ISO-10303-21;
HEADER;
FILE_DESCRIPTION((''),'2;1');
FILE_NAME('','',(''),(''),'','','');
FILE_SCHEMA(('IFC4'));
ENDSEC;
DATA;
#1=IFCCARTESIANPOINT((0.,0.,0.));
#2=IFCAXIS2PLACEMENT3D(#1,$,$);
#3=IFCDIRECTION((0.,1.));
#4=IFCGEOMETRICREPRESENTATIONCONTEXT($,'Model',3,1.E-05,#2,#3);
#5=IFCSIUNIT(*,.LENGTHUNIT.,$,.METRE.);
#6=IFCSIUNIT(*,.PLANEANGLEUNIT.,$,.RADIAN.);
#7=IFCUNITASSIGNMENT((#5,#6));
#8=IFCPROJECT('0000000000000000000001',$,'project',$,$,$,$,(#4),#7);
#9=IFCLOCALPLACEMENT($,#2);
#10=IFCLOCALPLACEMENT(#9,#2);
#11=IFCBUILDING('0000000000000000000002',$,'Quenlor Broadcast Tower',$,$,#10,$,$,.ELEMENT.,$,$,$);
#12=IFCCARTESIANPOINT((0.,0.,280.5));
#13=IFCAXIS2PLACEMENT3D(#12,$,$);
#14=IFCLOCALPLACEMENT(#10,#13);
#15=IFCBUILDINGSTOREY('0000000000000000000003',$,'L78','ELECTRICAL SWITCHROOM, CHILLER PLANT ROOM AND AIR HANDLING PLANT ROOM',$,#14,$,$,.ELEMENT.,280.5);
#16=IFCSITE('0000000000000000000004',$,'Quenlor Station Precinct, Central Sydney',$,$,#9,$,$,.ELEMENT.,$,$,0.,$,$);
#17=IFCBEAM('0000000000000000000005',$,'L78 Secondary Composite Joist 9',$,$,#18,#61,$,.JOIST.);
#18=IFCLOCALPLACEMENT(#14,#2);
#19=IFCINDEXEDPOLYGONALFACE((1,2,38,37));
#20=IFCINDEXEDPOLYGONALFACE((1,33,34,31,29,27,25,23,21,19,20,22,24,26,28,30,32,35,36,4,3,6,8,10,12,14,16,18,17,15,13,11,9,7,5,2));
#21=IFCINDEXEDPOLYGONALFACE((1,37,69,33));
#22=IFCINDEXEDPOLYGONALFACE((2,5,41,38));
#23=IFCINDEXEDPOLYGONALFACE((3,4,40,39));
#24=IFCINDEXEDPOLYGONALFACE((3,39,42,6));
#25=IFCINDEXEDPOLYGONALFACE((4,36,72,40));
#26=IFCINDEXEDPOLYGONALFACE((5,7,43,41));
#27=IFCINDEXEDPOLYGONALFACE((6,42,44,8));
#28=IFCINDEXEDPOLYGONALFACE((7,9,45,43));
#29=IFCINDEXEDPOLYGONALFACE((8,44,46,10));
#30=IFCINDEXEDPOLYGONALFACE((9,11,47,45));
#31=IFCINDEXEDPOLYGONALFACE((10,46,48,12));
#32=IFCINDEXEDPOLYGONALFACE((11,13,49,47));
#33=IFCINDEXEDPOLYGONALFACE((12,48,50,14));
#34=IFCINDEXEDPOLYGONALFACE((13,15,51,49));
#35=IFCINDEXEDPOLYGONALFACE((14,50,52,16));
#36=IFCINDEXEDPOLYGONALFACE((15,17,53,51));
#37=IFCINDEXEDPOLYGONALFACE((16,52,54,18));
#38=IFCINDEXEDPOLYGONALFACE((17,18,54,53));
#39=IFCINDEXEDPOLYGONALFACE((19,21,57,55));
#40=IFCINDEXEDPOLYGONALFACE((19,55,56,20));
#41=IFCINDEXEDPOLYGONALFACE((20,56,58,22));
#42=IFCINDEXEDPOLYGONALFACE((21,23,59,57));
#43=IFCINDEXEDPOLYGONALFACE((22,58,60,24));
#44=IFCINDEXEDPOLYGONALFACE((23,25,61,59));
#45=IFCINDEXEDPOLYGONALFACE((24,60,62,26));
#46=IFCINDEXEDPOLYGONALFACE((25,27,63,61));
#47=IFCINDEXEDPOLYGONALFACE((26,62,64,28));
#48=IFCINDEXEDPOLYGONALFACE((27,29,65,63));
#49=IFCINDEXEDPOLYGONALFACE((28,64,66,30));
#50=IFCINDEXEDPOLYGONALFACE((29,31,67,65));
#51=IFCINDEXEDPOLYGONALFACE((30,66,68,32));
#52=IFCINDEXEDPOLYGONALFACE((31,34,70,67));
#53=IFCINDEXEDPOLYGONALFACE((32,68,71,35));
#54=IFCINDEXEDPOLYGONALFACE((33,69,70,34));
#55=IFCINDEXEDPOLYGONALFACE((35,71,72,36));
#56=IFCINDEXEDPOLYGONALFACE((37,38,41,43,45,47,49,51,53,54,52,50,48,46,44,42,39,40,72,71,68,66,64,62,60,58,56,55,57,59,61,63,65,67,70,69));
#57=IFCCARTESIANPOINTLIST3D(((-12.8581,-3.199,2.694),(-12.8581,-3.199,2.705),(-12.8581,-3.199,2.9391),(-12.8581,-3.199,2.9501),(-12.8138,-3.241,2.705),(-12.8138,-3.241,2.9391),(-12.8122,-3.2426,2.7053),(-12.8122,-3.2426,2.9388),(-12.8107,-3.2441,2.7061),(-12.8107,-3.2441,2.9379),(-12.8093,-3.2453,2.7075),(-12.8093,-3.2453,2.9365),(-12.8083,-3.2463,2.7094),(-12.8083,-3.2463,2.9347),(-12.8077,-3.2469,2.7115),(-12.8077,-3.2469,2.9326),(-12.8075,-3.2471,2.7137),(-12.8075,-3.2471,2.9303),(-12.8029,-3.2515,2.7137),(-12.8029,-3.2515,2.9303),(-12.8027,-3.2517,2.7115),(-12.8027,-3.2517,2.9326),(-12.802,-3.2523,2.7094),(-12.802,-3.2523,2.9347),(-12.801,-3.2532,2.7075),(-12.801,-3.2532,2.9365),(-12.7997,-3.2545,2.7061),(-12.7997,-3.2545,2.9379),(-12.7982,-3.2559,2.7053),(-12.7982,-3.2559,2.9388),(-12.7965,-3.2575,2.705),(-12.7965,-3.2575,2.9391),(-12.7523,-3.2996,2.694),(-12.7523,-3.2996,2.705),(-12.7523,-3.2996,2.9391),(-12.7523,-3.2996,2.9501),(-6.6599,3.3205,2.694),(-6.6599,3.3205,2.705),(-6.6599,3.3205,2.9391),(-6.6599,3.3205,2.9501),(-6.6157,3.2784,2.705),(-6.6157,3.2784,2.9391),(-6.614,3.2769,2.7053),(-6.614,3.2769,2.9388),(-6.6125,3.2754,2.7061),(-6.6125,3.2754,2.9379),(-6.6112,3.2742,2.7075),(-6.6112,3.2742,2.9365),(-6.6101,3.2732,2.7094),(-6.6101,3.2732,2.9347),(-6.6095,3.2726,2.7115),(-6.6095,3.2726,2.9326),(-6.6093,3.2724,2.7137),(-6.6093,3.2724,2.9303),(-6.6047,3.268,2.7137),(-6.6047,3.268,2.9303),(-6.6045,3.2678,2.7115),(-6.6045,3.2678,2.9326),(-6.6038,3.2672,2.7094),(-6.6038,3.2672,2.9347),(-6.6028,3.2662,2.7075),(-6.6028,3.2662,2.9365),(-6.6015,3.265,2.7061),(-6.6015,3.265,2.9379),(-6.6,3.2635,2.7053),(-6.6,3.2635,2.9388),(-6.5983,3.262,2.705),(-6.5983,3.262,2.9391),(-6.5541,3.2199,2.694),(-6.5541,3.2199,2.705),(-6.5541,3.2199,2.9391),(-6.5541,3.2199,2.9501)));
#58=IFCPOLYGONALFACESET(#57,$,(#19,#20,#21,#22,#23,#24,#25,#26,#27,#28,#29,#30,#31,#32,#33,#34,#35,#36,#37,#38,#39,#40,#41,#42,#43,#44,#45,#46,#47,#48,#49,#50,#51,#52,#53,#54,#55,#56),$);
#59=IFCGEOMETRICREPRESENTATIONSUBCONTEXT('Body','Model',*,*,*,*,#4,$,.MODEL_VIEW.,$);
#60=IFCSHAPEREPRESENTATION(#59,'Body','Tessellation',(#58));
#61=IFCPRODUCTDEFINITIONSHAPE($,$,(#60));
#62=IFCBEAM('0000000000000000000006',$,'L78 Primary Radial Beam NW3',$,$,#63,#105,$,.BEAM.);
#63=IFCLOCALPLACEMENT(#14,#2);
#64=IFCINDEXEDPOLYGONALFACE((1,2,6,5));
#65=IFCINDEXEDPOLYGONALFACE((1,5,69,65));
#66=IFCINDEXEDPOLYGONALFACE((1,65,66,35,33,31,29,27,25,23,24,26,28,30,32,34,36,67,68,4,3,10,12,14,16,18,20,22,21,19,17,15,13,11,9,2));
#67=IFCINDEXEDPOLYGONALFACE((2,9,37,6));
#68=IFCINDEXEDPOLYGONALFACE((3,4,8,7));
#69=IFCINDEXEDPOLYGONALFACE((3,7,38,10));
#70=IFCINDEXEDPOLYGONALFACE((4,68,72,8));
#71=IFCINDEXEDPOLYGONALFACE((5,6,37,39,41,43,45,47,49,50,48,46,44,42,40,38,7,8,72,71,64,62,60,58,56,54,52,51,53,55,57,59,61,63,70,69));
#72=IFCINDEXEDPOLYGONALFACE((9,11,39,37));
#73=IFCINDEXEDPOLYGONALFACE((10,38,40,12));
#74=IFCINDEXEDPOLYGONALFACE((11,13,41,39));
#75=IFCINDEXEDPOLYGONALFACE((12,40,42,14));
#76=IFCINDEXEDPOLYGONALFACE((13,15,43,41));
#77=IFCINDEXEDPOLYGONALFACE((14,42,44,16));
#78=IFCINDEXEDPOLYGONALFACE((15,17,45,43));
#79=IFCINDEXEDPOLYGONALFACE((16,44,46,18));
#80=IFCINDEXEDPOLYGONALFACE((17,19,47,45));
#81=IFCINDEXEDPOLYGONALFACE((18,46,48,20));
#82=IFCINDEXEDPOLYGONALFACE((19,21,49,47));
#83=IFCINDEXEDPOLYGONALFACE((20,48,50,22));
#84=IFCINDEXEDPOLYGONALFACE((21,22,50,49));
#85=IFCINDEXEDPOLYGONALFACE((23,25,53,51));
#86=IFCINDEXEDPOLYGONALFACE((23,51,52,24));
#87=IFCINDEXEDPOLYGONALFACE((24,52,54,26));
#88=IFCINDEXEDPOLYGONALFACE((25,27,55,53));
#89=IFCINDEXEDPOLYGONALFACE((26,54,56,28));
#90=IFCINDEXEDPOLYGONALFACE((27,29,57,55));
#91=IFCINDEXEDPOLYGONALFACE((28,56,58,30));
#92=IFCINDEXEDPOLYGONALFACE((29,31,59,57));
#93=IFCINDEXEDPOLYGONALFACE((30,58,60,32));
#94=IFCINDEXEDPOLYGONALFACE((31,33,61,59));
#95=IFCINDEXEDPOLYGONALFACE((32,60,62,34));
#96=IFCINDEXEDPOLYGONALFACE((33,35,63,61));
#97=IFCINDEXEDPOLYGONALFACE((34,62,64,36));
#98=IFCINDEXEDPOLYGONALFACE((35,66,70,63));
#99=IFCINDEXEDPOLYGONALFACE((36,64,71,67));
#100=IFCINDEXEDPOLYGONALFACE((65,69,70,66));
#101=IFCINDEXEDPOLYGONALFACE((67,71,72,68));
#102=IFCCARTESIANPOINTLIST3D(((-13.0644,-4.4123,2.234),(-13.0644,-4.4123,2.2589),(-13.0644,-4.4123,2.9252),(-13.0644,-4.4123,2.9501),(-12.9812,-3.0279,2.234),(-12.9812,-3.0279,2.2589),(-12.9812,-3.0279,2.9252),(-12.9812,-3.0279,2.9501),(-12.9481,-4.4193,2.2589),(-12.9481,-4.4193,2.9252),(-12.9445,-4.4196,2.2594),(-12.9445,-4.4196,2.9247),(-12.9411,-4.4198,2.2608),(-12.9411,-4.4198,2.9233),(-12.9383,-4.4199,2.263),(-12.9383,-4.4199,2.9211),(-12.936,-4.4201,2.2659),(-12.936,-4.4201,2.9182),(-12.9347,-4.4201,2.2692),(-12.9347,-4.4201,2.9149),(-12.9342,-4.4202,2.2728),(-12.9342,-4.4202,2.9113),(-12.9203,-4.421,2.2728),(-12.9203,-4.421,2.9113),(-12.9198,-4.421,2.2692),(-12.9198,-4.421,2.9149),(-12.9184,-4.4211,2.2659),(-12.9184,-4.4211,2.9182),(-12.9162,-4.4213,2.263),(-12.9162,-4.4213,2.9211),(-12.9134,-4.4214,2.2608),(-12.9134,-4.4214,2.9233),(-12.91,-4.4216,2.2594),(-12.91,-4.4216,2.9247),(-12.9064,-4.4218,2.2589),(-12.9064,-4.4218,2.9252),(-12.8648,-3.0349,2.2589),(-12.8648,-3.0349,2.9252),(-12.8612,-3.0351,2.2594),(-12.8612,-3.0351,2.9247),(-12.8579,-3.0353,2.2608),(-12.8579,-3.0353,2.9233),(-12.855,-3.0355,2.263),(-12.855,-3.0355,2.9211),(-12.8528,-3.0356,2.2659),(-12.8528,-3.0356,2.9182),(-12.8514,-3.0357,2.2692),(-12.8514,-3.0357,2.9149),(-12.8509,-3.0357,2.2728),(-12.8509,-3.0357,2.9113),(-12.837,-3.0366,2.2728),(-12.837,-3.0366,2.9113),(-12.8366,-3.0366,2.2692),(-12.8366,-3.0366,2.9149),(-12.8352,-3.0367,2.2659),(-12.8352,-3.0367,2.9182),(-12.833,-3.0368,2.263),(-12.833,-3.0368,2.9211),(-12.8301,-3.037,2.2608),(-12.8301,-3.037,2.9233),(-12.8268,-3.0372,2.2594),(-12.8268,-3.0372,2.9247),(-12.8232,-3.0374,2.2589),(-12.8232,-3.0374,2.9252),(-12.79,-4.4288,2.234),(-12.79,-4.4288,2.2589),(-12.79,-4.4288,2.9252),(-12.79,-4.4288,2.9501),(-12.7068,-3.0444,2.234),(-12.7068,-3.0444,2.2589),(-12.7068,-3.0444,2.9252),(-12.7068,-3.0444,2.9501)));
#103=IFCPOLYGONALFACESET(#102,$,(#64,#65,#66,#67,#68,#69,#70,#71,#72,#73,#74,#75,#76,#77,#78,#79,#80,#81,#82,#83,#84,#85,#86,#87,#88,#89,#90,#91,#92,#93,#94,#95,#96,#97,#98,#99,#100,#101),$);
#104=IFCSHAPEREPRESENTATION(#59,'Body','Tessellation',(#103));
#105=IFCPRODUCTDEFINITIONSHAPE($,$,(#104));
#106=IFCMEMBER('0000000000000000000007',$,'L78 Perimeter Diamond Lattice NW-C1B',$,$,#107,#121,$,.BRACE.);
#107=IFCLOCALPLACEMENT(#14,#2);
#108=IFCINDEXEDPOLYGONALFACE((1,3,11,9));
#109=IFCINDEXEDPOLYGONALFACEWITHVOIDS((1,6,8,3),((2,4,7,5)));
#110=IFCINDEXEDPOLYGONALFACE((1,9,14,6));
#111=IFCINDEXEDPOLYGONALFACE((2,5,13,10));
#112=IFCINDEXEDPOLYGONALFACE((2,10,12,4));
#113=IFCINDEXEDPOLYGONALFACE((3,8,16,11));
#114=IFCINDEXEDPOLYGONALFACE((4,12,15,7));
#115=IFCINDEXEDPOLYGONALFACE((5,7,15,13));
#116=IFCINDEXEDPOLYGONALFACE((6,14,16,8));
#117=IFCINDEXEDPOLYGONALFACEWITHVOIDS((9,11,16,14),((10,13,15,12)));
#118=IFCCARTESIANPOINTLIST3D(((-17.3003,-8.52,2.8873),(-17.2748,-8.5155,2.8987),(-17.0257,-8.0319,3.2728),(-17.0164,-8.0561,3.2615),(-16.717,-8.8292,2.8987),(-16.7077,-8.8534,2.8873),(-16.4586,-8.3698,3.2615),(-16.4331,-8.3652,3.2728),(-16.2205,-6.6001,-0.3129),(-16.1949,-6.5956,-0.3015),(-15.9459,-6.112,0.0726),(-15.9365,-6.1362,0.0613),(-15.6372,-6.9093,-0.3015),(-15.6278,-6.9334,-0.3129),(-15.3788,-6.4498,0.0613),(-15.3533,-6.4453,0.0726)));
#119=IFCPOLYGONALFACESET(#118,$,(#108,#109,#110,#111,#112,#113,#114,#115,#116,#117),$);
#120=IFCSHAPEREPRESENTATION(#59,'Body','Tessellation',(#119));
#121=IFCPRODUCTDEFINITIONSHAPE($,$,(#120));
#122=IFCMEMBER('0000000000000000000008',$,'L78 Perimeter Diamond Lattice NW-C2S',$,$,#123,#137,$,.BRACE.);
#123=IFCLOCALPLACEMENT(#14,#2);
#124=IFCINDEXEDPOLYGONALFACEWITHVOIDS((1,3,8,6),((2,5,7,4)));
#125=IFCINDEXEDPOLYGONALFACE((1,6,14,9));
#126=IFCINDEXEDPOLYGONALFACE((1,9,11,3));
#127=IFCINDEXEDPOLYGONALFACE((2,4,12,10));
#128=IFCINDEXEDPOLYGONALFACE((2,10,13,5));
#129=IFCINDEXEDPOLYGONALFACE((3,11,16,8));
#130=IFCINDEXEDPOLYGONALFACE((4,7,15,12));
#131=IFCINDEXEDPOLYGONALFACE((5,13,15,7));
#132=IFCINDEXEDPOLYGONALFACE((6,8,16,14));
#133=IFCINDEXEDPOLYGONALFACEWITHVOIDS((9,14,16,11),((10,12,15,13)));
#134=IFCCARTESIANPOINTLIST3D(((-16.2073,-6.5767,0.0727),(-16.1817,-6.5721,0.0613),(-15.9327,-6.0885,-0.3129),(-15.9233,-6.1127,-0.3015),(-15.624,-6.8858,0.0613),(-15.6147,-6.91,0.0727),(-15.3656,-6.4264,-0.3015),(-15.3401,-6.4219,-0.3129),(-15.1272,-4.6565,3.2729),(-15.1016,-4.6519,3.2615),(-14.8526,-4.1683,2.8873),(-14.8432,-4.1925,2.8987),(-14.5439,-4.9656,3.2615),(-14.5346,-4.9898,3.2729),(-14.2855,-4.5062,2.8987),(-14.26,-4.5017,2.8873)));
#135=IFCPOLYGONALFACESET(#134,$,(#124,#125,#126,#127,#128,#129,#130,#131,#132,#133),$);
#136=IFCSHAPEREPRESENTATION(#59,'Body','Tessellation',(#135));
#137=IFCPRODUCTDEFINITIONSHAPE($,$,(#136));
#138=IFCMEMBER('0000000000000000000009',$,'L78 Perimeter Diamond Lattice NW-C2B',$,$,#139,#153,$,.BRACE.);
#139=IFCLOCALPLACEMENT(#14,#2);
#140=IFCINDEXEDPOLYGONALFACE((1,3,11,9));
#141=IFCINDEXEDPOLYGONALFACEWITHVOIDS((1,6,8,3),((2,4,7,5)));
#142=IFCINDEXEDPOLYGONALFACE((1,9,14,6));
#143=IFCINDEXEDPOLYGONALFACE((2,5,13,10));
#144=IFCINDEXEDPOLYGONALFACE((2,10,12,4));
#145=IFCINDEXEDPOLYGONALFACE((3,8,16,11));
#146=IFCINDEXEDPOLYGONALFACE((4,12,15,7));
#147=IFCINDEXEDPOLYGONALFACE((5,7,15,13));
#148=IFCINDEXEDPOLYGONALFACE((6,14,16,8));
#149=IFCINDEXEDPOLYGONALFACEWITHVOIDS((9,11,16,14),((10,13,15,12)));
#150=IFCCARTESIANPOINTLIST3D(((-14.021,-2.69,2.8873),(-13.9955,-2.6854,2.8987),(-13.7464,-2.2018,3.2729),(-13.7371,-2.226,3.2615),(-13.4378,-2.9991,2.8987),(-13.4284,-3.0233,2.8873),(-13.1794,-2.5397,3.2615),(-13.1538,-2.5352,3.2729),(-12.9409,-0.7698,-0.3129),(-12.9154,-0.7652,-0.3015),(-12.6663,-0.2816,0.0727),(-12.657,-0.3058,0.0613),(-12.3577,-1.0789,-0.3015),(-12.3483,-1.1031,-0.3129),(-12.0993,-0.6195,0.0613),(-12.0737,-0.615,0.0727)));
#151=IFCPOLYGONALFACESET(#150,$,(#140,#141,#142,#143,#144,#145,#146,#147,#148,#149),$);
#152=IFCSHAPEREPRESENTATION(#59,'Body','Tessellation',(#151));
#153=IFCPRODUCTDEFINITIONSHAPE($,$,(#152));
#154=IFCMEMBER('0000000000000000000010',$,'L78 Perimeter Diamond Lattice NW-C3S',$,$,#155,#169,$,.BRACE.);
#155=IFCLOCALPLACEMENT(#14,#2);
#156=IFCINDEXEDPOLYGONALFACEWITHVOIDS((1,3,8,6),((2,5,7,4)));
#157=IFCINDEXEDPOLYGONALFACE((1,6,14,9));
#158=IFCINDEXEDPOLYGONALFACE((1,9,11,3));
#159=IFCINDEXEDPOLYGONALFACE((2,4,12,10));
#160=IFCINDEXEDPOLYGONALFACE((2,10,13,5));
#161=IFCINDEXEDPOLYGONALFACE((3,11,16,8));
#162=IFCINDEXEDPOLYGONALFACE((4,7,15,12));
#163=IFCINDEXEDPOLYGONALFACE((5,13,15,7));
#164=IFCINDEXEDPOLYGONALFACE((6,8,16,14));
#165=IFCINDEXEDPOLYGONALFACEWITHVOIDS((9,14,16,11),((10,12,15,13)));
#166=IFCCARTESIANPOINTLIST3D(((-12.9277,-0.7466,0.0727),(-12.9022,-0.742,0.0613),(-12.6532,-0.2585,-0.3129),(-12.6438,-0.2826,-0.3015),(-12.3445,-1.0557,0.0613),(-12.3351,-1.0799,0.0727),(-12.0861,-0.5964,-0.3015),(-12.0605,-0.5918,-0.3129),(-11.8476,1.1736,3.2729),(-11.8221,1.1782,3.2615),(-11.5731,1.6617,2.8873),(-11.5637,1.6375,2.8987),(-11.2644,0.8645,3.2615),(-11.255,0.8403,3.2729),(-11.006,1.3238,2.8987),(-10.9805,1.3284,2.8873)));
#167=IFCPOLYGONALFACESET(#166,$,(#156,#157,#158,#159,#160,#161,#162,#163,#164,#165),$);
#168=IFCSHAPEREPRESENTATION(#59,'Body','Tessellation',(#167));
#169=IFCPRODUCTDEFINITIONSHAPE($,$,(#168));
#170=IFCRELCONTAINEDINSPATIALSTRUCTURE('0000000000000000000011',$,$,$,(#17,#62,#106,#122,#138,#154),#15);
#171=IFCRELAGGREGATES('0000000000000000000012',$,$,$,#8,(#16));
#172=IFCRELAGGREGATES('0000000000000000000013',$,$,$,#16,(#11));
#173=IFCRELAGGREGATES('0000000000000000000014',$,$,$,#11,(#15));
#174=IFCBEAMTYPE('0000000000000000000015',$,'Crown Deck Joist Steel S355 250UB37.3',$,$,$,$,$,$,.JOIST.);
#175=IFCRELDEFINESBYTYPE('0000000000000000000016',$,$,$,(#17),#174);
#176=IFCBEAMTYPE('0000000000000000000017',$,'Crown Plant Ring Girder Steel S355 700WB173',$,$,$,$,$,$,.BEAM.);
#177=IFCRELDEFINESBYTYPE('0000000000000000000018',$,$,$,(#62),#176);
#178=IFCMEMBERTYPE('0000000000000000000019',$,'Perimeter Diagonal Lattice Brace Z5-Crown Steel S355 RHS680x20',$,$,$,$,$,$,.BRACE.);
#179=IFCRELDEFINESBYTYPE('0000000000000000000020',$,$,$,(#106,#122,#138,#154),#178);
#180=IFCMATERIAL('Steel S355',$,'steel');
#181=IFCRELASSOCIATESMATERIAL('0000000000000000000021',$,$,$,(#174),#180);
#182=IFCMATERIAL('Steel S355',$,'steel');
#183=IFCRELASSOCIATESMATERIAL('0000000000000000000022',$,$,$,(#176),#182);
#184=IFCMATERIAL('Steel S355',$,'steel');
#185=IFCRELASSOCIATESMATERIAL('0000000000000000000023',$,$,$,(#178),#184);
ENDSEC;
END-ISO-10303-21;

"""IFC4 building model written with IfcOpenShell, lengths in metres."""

from ifc_helpers import new_model, si_unit, direction, frame, origin, origin_2d, place, context, subcontext, project, spatial, hollow_rectangle, i_section, extrude, material, material_profile, profile_set, type_object, element, save


model = new_model("IFC4")

# Units and contexts
model_context = context("Model", 3, precision=1e-05, world=origin(), true_north=direction((0.0, 1.0)))
body_context = subcontext(model_context, "Body", "Model", "MODEL_VIEW")
ifc_project = project(units=[si_unit("LENGTHUNIT", "METRE"), si_unit("PLANEANGLEUNIT", "RADIAN")], contexts=[model_context])

# Site, building, storey
site_placement = place(None, origin())
site = spatial("IfcSite", under=ifc_project, at=site_placement, Name="Quenlor Station Precinct, Central Sydney", CompositionType="ELEMENT", RefElevation=0.0)
building_placement = place(site_placement, origin())
building = spatial("IfcBuilding", under=site, at=building_placement, Name="Quenlor Broadcast Tower", CompositionType="ELEMENT")
storey_placement = place(building_placement, frame((0.0, 0.0, 280.5)))
storey = spatial("IfcBuildingStorey", under=building, at=storey_placement, Name="L78", Description="ELECTRICAL SWITCHROOM, CHILLER PLANT ROOM AND AIR HANDLING PLANT ROOM", CompositionType="ELEMENT", Elevation=280.5)

# Beams
ifc_material_1 = material(Name="Steel S355", Category="steel")
ifc_material_profile_1 = material_profile(ifc_material_1, i_section(OverallWidth=0.146, OverallDepth=0.2561, WebThickness=0.0063, FlangeThickness=0.011, FilletRadius=0.0088, at=origin_2d()))
ifc_profile_set_1 = profile_set([ifc_material_profile_1], Name="Steel S355 250UB37.3")
beam_type_1 = type_object("IfcBeamType", Name="Crown Deck Joist Steel S355 250UB37.3", PredefinedType="JOIST", material=ifc_profile_set_1)
beam_1_placement = place(storey_placement, frame((-12.8052, -3.2493, 2.822), z_axis=(0.689023, 0.724739, 0.0), x_axis=(-0.724739, 0.689023, 0.0)))
element("IfcBeam", 1, at=beam_1_placement, inside=storey, type_object=beam_type_1, Name="L78 Secondary Composite Joist 9", PredefinedType="JOIST", context=body_context, shape_type="SweptSolid", body=[
    extrude(i_section(OverallWidth=0.146, OverallDepth=0.2561, WebThickness=0.0063, FlangeThickness=0.011, FilletRadius=0.0088, at=origin_2d()), origin(), (0.0, 0.0, 1.0), 8.9956),
])
ifc_material_2 = material(Name="Steel S355", Category="steel")
ifc_material_profile_2 = material_profile(ifc_material_2, i_section(OverallWidth=0.2749, OverallDepth=0.7161, WebThickness=0.0139, FlangeThickness=0.0249, FilletRadius=0.0139, at=origin_2d()))
ifc_profile_set_2 = profile_set([ifc_material_profile_2], Name="Steel S355 700WB173")
beam_type_2 = type_object("IfcBeamType", Name="Crown Plant Ring Girder Steel S355 700WB173", PredefinedType="BEAM", material=ifc_profile_set_2)
beam_2_placement = place(storey_placement, frame((-12.844, -3.0361, 2.592), z_axis=(-0.060022, -0.998197, 0.0), x_axis=(0.998197, -0.060022, 0.0)))
element("IfcBeam", 2, at=beam_2_placement, inside=storey, type_object=beam_type_2, Name="L78 Primary Radial Beam NW3", PredefinedType="BEAM", context=body_context, shape_type="SweptSolid", body=[
    extrude(i_section(OverallWidth=0.2749, OverallDepth=0.7161, WebThickness=0.0139, FlangeThickness=0.0249, FilletRadius=0.0139, at=origin_2d()), origin(), (0.0, 0.0, 1.0), 1.387),
])

# Members
ifc_material_3 = material(Name="Steel S355", Category="steel")
ifc_material_profile_3 = material_profile(ifc_material_3, hollow_rectangle(XDim=0.6799, YDim=0.6799, WallThickness=0.02, at=origin_2d()))
ifc_profile_set_3 = profile_set([ifc_material_profile_3], Name="Steel S355 RHS680x680x20")
member_type = type_object("IfcMemberType", Name="Perimeter Diagonal Lattice Brace Z5-Crown Steel S355 RHS680x20", PredefinedType="BRACE", material=ifc_profile_set_3)
member_placement = place(storey_placement, frame((-15.7869, -6.5227, -0.1201), z_axis=(-0.277948, -0.494186, 0.823727), x_axis=(0.871599, -0.490219, 0.0)))
element("IfcMember", 3, at=member_placement, inside=storey, type_object=member_type, Name="L78 Perimeter Diamond Lattice NW-C1B", PredefinedType="BRACE", context=body_context, shape_type="SweptSolid", body=[
    extrude(hollow_rectangle(XDim=0.6799, YDim=0.6799, WallThickness=0.02, at=origin_2d()), origin(), (0.0, 0.0, 1.0), 3.885),
])
for number, where, z_axis, x_axis, name in (
    (4, (-15.7737, -6.4993, -0.1201), (0.277997, 0.494225, 0.823687), (-0.871578, 0.490256, 0.0), "L78 Perimeter Diamond Lattice NW-C2S"),
    (5, (-12.5073, -0.6924, -0.1201), (-0.277997, -0.494225, 0.823687), (0.871578, -0.490256, 0.0), "L78 Perimeter Diamond Lattice NW-C2B"),
    (6, (-12.4941, -0.6692, -0.1201), (0.277997, 0.494225, 0.823687), (-0.871578, 0.490256, 0.0), "L78 Perimeter Diamond Lattice NW-C3S"),
):
    element("IfcMember", number, at=place(storey_placement, frame(where, z_axis=z_axis, x_axis=x_axis)), inside=storey, type_object=member_type, Name=name, PredefinedType="BRACE", context=body_context, shape_type="SweptSolid", body=[
        extrude(hollow_rectangle(XDim=0.6799, YDim=0.6799, WallThickness=0.02, at=origin_2d()), origin(), (0.0, 0.0, 1.0), 3.8853),
    ])

save(model, "model.ifc")
